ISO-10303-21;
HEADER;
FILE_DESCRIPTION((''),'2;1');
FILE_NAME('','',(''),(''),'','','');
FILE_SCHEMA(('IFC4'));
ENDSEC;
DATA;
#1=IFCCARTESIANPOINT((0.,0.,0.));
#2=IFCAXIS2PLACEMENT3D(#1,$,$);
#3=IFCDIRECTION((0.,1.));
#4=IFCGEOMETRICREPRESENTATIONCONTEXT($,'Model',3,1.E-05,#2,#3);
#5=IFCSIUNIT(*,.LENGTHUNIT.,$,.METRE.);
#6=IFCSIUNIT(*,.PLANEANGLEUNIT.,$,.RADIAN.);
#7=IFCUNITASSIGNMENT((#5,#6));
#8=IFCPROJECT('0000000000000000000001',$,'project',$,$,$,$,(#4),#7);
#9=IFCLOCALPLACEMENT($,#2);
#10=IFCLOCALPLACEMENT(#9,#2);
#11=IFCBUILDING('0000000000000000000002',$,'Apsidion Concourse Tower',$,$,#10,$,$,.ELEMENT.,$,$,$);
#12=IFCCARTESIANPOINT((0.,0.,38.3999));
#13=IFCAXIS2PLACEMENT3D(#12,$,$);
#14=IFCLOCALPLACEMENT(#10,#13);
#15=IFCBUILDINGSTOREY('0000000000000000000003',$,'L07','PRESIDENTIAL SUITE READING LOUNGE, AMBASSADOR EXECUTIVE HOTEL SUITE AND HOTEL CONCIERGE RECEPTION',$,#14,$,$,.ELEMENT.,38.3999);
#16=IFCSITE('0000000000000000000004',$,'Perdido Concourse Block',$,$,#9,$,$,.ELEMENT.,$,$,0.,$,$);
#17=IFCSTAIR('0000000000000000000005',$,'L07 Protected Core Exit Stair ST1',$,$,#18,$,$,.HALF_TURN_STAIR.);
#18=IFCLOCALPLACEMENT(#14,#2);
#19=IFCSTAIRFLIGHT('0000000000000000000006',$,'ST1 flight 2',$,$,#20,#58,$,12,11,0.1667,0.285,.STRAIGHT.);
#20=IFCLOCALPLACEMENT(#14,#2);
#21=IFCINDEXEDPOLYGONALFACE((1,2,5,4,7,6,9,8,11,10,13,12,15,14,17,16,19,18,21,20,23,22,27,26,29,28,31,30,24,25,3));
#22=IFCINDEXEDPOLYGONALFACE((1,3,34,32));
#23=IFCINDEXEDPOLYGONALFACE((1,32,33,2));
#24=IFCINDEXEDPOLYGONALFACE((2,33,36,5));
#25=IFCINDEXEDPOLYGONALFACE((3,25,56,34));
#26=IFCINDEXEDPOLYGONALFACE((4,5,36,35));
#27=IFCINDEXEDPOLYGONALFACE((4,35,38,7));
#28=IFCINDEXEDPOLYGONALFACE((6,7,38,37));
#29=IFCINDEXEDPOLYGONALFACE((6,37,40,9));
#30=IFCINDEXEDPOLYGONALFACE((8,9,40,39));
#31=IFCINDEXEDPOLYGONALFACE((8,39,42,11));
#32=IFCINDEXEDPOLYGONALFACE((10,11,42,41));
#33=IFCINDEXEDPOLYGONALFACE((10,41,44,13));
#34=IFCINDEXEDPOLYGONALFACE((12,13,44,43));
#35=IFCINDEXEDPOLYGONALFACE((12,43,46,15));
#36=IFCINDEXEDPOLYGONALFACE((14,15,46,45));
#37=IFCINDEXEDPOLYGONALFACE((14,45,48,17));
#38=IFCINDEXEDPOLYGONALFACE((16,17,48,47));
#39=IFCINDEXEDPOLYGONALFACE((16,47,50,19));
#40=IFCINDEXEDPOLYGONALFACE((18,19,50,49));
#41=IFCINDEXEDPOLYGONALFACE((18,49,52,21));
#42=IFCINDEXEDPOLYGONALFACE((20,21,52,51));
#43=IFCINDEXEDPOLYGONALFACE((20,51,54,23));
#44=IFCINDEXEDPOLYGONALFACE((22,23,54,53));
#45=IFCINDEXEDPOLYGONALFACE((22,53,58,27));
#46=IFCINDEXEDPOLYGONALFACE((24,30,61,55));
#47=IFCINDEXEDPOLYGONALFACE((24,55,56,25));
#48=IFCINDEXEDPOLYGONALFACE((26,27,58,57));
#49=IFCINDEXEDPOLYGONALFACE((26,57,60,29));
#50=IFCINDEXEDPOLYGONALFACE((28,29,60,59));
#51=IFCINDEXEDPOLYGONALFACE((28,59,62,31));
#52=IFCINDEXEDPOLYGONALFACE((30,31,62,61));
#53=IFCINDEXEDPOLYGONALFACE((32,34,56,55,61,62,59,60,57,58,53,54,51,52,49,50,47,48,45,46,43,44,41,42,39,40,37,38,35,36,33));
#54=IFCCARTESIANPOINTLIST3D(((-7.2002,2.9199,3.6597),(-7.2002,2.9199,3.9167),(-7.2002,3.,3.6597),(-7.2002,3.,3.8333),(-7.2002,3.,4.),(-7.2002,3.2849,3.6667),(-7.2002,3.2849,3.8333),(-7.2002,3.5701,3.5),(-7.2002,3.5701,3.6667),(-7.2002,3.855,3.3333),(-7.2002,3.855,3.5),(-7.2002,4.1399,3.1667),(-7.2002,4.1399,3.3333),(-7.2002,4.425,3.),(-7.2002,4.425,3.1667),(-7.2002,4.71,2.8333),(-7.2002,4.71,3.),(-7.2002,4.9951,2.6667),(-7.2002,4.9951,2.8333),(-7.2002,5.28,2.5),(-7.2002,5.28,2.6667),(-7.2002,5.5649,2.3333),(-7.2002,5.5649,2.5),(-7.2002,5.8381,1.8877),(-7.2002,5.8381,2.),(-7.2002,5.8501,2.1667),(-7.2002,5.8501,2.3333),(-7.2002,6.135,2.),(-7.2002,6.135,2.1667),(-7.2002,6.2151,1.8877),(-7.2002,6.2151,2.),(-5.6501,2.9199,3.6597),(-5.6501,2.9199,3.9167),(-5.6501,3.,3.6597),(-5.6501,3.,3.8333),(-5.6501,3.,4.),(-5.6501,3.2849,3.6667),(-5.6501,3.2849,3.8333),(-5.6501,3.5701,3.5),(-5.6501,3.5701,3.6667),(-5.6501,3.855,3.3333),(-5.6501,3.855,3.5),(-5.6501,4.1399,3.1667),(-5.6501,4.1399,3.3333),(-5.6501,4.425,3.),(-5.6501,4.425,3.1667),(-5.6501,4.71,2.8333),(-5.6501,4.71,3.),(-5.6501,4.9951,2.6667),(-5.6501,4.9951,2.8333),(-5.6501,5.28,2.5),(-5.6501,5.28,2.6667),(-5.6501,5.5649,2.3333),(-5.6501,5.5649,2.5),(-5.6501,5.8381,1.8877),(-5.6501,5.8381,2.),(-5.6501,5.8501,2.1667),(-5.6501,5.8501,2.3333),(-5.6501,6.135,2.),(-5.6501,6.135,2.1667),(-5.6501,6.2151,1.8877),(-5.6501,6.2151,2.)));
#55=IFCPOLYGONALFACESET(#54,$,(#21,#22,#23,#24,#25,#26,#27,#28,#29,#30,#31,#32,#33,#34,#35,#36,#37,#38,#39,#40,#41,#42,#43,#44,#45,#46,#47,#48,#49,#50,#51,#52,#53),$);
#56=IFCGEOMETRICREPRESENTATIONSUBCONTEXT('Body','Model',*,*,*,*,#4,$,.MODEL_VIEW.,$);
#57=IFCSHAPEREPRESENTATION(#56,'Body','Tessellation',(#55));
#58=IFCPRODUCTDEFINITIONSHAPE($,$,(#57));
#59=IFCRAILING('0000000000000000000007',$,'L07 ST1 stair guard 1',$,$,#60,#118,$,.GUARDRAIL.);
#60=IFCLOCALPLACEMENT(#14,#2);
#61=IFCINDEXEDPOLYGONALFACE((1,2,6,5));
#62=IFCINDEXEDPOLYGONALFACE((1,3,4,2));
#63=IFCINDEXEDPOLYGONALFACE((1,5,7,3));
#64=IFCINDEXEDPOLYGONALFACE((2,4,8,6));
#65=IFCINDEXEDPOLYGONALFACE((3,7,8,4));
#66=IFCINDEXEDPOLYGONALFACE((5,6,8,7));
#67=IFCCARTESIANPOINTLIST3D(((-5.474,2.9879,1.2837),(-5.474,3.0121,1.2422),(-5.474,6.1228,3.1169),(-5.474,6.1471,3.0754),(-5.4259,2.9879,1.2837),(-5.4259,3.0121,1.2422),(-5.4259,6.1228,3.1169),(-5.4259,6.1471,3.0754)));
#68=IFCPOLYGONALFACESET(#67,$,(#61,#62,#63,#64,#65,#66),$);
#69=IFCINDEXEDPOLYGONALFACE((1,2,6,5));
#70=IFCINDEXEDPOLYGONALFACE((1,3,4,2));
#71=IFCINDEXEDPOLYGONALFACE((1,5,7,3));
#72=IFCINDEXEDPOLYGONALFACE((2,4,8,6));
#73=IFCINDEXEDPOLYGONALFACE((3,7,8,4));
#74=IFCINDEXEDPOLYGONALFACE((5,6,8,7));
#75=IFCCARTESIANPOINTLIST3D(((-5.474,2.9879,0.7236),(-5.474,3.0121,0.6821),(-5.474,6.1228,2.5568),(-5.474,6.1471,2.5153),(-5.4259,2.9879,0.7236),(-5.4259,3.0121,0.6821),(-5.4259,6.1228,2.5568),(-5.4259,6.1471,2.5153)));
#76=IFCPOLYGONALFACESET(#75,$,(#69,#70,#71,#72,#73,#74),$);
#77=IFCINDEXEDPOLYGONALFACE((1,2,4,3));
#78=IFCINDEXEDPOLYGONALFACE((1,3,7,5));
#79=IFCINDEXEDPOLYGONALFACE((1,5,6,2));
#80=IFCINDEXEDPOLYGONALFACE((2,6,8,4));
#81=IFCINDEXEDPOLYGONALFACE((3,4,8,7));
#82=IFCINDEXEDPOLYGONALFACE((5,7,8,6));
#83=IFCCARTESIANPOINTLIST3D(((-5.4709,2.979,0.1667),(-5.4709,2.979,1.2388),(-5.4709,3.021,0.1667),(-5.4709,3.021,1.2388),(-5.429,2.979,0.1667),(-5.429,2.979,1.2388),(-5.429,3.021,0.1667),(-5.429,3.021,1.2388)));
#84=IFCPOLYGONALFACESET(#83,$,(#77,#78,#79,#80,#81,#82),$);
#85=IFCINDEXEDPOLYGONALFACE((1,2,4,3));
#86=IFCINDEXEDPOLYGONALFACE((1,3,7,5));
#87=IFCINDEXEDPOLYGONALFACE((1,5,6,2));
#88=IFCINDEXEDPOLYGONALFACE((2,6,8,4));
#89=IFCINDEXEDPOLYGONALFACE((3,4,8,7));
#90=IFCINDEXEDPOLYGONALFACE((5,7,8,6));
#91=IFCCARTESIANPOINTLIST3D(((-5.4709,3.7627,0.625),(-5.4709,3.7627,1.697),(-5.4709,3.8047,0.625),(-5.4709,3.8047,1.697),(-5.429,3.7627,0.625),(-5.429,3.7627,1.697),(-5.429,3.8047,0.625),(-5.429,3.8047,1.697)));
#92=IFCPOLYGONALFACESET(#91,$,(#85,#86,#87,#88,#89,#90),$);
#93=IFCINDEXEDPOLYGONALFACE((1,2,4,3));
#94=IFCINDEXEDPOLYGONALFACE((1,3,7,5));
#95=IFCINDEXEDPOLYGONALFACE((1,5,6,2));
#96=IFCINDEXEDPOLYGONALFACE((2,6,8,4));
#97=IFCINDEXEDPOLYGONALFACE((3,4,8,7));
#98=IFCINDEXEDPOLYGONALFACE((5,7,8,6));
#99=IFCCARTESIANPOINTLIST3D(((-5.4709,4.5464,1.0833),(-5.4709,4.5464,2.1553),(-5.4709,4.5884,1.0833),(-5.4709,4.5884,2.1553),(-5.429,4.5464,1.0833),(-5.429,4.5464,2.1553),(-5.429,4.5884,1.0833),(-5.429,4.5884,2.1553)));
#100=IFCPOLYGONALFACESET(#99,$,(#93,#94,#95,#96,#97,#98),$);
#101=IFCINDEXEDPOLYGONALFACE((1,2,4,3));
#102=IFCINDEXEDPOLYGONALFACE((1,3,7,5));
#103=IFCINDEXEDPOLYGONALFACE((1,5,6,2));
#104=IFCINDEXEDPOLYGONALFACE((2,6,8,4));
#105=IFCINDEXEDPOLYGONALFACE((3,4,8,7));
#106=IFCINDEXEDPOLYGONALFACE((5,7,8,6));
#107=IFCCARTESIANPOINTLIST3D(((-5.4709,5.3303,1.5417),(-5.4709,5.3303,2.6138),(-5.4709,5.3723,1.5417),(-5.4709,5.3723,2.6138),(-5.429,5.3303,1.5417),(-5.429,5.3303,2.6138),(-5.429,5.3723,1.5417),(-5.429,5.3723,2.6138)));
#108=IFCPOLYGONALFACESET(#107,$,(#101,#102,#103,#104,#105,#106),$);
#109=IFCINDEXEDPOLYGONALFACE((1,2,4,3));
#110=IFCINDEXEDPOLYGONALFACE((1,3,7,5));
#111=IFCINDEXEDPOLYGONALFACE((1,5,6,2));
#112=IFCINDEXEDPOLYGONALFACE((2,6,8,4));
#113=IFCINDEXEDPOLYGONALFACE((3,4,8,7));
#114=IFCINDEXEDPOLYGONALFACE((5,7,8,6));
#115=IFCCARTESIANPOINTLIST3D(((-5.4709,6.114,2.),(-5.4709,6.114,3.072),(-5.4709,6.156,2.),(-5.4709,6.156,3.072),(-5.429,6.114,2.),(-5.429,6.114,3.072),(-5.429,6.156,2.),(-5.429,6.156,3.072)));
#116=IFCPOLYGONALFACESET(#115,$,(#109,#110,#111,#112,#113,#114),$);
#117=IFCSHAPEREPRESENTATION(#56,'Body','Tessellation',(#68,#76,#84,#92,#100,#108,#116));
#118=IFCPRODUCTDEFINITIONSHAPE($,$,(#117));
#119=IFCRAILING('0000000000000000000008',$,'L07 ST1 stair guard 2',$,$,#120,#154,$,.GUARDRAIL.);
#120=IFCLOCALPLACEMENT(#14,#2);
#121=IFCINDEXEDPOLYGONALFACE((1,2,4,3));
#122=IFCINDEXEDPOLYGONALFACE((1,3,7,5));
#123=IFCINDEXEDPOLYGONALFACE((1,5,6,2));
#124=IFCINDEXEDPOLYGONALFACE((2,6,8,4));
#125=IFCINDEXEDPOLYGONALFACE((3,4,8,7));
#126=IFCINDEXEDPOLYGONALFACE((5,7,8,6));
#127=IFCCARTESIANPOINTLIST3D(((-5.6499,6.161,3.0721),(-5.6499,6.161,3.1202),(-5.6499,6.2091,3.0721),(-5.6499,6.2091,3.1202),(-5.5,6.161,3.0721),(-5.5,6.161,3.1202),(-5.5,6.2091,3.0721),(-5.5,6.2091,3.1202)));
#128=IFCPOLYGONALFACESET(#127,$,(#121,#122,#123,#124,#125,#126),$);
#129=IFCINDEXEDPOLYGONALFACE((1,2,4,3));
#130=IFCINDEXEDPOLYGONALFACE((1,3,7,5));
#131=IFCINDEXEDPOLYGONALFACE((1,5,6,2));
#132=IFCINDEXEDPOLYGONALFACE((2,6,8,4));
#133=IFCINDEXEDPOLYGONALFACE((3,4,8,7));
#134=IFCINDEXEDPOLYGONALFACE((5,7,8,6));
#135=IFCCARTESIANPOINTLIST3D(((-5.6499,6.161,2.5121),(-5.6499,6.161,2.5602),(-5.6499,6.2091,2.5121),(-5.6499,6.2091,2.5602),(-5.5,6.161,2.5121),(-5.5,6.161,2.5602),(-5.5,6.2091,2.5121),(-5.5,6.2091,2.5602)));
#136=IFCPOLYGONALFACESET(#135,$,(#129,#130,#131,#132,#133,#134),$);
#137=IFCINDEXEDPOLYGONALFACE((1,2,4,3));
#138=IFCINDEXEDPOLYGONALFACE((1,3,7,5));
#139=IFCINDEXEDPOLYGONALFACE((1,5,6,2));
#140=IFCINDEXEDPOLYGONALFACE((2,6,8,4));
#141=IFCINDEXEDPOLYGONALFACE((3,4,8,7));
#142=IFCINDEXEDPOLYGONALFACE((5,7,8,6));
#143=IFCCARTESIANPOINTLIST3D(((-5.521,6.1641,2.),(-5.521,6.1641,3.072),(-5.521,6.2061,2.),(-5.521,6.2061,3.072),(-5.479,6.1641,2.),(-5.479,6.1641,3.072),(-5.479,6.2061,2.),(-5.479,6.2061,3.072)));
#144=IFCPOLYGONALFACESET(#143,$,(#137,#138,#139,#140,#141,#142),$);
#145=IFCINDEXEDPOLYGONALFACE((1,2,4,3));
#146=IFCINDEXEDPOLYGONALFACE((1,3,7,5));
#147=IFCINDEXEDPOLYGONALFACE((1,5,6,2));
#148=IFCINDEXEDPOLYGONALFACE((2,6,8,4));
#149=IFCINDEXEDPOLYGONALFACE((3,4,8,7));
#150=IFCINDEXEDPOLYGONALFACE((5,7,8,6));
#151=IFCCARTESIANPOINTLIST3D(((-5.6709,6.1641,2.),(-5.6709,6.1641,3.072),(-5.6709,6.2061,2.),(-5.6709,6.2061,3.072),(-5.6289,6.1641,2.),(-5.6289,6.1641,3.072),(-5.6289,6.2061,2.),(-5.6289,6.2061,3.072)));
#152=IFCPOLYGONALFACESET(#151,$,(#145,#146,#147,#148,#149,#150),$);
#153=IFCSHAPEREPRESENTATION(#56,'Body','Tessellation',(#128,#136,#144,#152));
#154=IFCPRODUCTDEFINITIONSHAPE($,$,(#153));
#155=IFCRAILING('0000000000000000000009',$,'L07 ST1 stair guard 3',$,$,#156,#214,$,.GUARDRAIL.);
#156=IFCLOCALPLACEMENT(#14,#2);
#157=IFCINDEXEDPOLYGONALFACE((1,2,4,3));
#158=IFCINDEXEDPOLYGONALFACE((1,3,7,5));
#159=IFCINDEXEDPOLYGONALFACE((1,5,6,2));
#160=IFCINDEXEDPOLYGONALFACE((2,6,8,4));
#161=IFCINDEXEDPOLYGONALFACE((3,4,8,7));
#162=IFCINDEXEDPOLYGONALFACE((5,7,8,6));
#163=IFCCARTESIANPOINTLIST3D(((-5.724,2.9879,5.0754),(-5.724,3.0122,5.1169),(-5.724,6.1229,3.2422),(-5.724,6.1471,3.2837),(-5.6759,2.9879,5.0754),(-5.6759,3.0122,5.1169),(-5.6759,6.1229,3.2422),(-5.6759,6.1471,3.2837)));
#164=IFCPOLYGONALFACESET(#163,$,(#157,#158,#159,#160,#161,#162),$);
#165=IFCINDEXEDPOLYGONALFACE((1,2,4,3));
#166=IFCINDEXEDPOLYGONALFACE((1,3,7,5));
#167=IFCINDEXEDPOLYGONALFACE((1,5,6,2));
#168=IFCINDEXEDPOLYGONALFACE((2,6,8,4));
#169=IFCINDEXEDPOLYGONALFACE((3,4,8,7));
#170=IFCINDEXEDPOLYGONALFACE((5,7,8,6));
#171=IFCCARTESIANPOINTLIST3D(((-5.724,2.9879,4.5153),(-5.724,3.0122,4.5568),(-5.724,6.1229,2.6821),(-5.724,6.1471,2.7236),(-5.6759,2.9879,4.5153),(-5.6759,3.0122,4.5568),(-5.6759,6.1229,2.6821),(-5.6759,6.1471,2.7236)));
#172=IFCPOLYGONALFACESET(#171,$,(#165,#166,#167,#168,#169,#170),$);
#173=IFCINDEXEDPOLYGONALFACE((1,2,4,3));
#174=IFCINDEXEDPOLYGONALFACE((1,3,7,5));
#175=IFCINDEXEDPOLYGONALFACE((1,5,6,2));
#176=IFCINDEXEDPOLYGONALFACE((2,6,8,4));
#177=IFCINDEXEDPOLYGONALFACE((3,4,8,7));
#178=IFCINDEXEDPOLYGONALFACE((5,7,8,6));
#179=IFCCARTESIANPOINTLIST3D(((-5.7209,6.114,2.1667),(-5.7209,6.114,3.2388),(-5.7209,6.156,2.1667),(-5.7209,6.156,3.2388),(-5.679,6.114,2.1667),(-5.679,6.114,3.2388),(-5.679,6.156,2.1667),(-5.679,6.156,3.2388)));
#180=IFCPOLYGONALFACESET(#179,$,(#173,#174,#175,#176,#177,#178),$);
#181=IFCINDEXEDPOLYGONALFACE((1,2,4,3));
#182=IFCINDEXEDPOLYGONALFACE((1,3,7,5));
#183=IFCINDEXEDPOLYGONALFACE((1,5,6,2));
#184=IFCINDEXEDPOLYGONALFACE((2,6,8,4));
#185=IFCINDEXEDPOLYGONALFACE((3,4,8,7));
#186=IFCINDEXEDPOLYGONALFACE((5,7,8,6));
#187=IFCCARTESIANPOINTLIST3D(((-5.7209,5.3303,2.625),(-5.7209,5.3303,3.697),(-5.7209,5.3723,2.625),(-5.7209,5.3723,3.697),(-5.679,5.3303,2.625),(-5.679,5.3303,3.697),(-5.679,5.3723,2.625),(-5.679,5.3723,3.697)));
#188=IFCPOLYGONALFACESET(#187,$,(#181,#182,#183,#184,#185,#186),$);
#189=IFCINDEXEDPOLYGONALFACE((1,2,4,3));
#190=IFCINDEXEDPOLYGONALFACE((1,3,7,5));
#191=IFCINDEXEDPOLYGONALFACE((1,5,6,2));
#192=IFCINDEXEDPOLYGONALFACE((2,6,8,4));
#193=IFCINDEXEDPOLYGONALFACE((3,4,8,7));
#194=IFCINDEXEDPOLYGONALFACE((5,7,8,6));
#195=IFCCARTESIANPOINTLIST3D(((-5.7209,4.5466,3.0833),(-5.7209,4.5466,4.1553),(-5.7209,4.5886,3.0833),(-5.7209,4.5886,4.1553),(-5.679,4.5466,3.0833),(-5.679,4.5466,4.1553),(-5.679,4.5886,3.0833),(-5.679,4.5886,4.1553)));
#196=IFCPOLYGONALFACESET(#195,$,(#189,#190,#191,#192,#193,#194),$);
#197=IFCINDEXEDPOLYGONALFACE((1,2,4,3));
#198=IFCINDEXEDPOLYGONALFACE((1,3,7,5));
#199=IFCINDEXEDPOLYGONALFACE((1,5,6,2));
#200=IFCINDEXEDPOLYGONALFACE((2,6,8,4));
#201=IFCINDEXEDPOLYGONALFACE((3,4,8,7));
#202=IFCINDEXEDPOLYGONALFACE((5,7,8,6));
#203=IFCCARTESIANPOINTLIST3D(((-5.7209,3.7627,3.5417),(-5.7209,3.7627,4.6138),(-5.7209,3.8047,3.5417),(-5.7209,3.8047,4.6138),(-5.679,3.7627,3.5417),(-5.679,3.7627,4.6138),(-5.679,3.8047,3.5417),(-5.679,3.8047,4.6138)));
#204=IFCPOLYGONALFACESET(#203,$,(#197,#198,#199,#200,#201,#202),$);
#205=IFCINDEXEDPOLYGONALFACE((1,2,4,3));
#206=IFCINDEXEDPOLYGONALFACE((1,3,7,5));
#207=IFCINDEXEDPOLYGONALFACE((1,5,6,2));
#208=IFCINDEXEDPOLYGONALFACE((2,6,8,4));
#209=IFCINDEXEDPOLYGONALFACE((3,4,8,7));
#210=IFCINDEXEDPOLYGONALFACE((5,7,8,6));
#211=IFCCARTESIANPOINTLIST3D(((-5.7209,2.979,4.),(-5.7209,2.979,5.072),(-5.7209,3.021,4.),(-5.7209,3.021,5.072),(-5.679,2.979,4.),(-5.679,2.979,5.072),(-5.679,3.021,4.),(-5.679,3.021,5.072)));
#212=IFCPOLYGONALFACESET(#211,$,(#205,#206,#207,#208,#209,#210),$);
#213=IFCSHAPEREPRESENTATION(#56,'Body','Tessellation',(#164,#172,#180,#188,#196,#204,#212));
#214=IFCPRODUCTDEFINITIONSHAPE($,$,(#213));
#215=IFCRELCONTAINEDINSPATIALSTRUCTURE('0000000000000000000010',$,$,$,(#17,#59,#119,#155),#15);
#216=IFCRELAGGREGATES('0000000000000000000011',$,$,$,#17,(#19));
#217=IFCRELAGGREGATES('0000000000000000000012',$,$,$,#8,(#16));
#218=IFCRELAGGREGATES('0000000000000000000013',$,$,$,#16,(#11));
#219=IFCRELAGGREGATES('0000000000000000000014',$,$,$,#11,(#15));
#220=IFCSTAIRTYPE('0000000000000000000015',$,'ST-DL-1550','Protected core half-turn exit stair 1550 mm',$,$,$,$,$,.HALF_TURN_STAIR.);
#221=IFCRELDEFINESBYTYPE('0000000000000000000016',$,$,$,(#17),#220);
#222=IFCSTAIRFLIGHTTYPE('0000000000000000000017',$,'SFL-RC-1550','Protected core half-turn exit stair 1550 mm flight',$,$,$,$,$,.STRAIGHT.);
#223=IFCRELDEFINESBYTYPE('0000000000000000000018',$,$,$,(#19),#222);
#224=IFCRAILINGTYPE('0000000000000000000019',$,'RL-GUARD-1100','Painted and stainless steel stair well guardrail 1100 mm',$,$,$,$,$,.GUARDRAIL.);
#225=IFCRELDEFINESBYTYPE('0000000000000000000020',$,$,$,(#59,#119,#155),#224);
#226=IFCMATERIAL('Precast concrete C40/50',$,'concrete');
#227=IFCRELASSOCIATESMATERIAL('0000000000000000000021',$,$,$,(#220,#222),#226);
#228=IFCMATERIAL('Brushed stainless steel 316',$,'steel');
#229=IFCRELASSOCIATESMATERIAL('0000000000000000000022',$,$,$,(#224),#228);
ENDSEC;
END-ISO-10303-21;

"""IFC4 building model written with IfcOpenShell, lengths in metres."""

from ifc_helpers import new_model, si_unit, direction, frame, origin, origin_2d, place, context, subcontext, project, spatial, polyline, rectangle, outline, extrude, material, type_object, element, aggregate, save


model = new_model("IFC4")

# Units and contexts
model_context = context("Model", 3, precision=1e-05, world=origin(), true_north=direction((0.0, 1.0)))
body_context = subcontext(model_context, "Body", "Model", "MODEL_VIEW")
ifc_project = project(units=[si_unit("LENGTHUNIT", "METRE"), si_unit("PLANEANGLEUNIT", "RADIAN")], contexts=[model_context])

# Site, building, storey
site_placement = place(None, origin())
site = spatial("IfcSite", under=ifc_project, at=site_placement, Name="Perdido Concourse Block", CompositionType="ELEMENT", RefElevation=0.0)
building_placement = place(site_placement, origin())
building = spatial("IfcBuilding", under=site, at=building_placement, Name="Apsidion Concourse Tower", CompositionType="ELEMENT")
storey_placement = place(building_placement, frame((0.0, 0.0, 38.3999)))
storey = spatial("IfcBuildingStorey", under=building, at=storey_placement, Name="L07", Description="PRESIDENTIAL SUITE READING LOUNGE, AMBASSADOR EXECUTIVE HOTEL SUITE AND HOTEL CONCIERGE RECEPTION", CompositionType="ELEMENT", Elevation=38.3999)

# Stair, stair flight
ifc_material_1 = material(Name="Precast concrete C40/50", Category="concrete")
stair_type = type_object("IfcStairType", Name="ST-DL-1550", Description="Protected core half-turn exit stair 1550 mm", PredefinedType="HALF_TURN_STAIR", material=ifc_material_1)
stair_placement = place(storey_placement, origin())
stair = element("IfcStair", 1, at=stair_placement, inside=storey, type_object=stair_type, Name="L07 Protected Core Exit Stair ST1", PredefinedType="HALF_TURN_STAIR")
stair_flight_type = type_object("IfcStairFlightType", Name="SFL-RC-1550", Description="Protected core half-turn exit stair 1550 mm flight", PredefinedType="STRAIGHT", material=ifc_material_1)
stair_flight_1_placement = place(storey_placement, frame((-6.425, 6.135, 2.0), z_axis=(0.0, 0.0, 1.0), x_axis=(0.0, -1.0, 0.0)))
stair_flight_1 = element("IfcStairFlight", 2, at=stair_flight_1_placement, type_object=stair_flight_type, Name="ST1 flight 2", NumberOfRisers=12, NumberOfTreads=11, PredefinedType="STRAIGHT", RiserHeight=0.1667, TreadLength=0.285, context=body_context, shape_type="SweptSolid", body=[
    extrude(outline(polyline([(-0.0801, -0.1123), (-0.0801, 0.0), (0.0, 0.0), (0.0, 0.1667), (0.2849, 0.1667), (0.2849, 0.3333), (0.5701, 0.3333), (0.5701, 0.5), (0.855, 0.5), (0.855, 0.6667), (1.1399, 0.6667), (1.1399, 0.8333), (1.425, 0.8333), (1.425, 1.0), (1.71, 1.0), (1.71, 1.1667), (1.9951, 1.1667), (1.9951, 1.3333), (2.28, 1.3333), (2.28, 1.5), (2.5649, 1.5), (2.5649, 1.6667), (2.8501, 1.6667), (2.8501, 1.8333), (3.135, 1.8333), (3.135, 2.0), (3.2151, 1.9167), (3.2151, 1.6597), (3.135, 1.6597), (0.2969, 0.0), (0.2969, -0.1123), (-0.0801, -0.1123)])), frame((0.0, 0.7749, 0.0), z_axis=(0.0, -1.0, 0.0), x_axis=(1.0, 0.0, 0.0)), (0.0, 0.0, 1.0), 1.55),
])
aggregate(stair, [stair_flight_1])

# Railings
ifc_material_2 = material(Name="Brushed stainless steel 316", Category="steel")
railing_type_1 = type_object("IfcRailingType", Name="RL-GUARD-1100", Description="Painted and stainless steel stair well guardrail 1100 mm", PredefinedType="GUARDRAIL", material=ifc_material_2)
railing_1_placement = place(storey_placement, frame((-5.45, 3.0, 0.1667)))
element("IfcRailing", 3, at=railing_1_placement, inside=storey, type_object=railing_type_1, Name="L07 ST1 stair guard 1", PredefinedType="GUARDRAIL", context=body_context, shape_type="SweptSolid", body=[
    extrude(rectangle(XDim=0.0481, YDim=0.0481, at=origin_2d()), frame((0.0, 0.0, 1.0962), z_axis=(0.0, 0.86324, 0.504794), x_axis=(-1.0, 0.0, 0.0)), (0.0, 0.0, 1.0), 3.6316),
    extrude(rectangle(XDim=0.0481, YDim=0.0481, at=origin_2d()), frame((0.0, 0.0, 0.5361), z_axis=(0.0, 0.86324, 0.504794), x_axis=(-1.0, 0.0, 0.0)), (0.0, 0.0, 1.0), 3.6316),
    extrude(rectangle(XDim=0.042, YDim=0.042, at=origin_2d()), origin(), (0.0, 0.0, 1.0), 1.072),
    extrude(rectangle(XDim=0.042, YDim=0.042, at=origin_2d()), frame((0.0, 0.7837, 0.4583)), (0.0, 0.0, 1.0), 1.072),
    extrude(rectangle(XDim=0.042, YDim=0.042, at=origin_2d()), frame((0.0, 1.5674, 0.9165)), (0.0, 0.0, 1.0), 1.072),
    extrude(rectangle(XDim=0.042, YDim=0.042, at=origin_2d()), frame((0.0, 2.3513, 1.375)), (0.0, 0.0, 1.0), 1.072),
    extrude(rectangle(XDim=0.042, YDim=0.042, at=origin_2d()), frame((0.0, 3.135, 1.8333)), (0.0, 0.0, 1.0), 1.072),
])
railing_2_placement = place(storey_placement, frame((-5.5, 6.1851, 2.0)))
element("IfcRailing", 4, at=railing_2_placement, inside=storey, type_object=railing_type_1, Name="L07 ST1 stair guard 2", PredefinedType="GUARDRAIL", context=body_context, shape_type="SweptSolid", body=[
    extrude(rectangle(XDim=0.0481, YDim=0.0481, at=origin_2d()), frame((0.0, 0.0, 1.0962), z_axis=(-1.0, 0.0, 0.0), x_axis=(0.0, -1.0, 0.0)), (0.0, 0.0, 1.0), 0.1499),
    extrude(rectangle(XDim=0.0481, YDim=0.0481, at=origin_2d()), frame((0.0, 0.0, 0.5361), z_axis=(-1.0, 0.0, 0.0), x_axis=(0.0, -1.0, 0.0)), (0.0, 0.0, 1.0), 0.1499),
    extrude(rectangle(XDim=0.042, YDim=0.042, at=origin_2d()), origin(), (0.0, 0.0, 1.0), 1.072),
    extrude(rectangle(XDim=0.042, YDim=0.042, at=origin_2d()), frame((-0.1499, 0.0, 0.0)), (0.0, 0.0, 1.0), 1.072),
])
railing_3_placement = place(storey_placement, frame((-5.7, 6.135, 2.1667)))
element("IfcRailing", 5, at=railing_3_placement, inside=storey, type_object=railing_type_1, Name="L07 ST1 stair guard 3", PredefinedType="GUARDRAIL", context=body_context, shape_type="SweptSolid", body=[
    extrude(rectangle(XDim=0.0481, YDim=0.0481, at=origin_2d()), frame((0.0, 0.0, 1.0962), z_axis=(0.0, -0.86324, 0.504794), x_axis=(1.0, 0.0, 0.0)), (0.0, 0.0, 1.0), 3.6316),
    extrude(rectangle(XDim=0.0481, YDim=0.0481, at=origin_2d()), frame((0.0, 0.0, 0.5361), z_axis=(0.0, -0.86324, 0.504794), x_axis=(1.0, 0.0, 0.0)), (0.0, 0.0, 1.0), 3.6316),
    extrude(rectangle(XDim=0.042, YDim=0.042, at=origin_2d()), origin(), (0.0, 0.0, 1.0), 1.072),
    extrude(rectangle(XDim=0.042, YDim=0.042, at=origin_2d()), frame((0.0, -0.7837, 0.4583)), (0.0, 0.0, 1.0), 1.072),
    extrude(rectangle(XDim=0.042, YDim=0.042, at=origin_2d()), frame((0.0, -1.5674, 0.9165)), (0.0, 0.0, 1.0), 1.072),
    extrude(rectangle(XDim=0.042, YDim=0.042, at=origin_2d()), frame((0.0, -2.3513, 1.375)), (0.0, 0.0, 1.0), 1.072),
    extrude(rectangle(XDim=0.042, YDim=0.042, at=origin_2d()), frame((0.0, -3.135, 1.8333)), (0.0, 0.0, 1.0), 1.072),
])

save(model, "model.ifc")
